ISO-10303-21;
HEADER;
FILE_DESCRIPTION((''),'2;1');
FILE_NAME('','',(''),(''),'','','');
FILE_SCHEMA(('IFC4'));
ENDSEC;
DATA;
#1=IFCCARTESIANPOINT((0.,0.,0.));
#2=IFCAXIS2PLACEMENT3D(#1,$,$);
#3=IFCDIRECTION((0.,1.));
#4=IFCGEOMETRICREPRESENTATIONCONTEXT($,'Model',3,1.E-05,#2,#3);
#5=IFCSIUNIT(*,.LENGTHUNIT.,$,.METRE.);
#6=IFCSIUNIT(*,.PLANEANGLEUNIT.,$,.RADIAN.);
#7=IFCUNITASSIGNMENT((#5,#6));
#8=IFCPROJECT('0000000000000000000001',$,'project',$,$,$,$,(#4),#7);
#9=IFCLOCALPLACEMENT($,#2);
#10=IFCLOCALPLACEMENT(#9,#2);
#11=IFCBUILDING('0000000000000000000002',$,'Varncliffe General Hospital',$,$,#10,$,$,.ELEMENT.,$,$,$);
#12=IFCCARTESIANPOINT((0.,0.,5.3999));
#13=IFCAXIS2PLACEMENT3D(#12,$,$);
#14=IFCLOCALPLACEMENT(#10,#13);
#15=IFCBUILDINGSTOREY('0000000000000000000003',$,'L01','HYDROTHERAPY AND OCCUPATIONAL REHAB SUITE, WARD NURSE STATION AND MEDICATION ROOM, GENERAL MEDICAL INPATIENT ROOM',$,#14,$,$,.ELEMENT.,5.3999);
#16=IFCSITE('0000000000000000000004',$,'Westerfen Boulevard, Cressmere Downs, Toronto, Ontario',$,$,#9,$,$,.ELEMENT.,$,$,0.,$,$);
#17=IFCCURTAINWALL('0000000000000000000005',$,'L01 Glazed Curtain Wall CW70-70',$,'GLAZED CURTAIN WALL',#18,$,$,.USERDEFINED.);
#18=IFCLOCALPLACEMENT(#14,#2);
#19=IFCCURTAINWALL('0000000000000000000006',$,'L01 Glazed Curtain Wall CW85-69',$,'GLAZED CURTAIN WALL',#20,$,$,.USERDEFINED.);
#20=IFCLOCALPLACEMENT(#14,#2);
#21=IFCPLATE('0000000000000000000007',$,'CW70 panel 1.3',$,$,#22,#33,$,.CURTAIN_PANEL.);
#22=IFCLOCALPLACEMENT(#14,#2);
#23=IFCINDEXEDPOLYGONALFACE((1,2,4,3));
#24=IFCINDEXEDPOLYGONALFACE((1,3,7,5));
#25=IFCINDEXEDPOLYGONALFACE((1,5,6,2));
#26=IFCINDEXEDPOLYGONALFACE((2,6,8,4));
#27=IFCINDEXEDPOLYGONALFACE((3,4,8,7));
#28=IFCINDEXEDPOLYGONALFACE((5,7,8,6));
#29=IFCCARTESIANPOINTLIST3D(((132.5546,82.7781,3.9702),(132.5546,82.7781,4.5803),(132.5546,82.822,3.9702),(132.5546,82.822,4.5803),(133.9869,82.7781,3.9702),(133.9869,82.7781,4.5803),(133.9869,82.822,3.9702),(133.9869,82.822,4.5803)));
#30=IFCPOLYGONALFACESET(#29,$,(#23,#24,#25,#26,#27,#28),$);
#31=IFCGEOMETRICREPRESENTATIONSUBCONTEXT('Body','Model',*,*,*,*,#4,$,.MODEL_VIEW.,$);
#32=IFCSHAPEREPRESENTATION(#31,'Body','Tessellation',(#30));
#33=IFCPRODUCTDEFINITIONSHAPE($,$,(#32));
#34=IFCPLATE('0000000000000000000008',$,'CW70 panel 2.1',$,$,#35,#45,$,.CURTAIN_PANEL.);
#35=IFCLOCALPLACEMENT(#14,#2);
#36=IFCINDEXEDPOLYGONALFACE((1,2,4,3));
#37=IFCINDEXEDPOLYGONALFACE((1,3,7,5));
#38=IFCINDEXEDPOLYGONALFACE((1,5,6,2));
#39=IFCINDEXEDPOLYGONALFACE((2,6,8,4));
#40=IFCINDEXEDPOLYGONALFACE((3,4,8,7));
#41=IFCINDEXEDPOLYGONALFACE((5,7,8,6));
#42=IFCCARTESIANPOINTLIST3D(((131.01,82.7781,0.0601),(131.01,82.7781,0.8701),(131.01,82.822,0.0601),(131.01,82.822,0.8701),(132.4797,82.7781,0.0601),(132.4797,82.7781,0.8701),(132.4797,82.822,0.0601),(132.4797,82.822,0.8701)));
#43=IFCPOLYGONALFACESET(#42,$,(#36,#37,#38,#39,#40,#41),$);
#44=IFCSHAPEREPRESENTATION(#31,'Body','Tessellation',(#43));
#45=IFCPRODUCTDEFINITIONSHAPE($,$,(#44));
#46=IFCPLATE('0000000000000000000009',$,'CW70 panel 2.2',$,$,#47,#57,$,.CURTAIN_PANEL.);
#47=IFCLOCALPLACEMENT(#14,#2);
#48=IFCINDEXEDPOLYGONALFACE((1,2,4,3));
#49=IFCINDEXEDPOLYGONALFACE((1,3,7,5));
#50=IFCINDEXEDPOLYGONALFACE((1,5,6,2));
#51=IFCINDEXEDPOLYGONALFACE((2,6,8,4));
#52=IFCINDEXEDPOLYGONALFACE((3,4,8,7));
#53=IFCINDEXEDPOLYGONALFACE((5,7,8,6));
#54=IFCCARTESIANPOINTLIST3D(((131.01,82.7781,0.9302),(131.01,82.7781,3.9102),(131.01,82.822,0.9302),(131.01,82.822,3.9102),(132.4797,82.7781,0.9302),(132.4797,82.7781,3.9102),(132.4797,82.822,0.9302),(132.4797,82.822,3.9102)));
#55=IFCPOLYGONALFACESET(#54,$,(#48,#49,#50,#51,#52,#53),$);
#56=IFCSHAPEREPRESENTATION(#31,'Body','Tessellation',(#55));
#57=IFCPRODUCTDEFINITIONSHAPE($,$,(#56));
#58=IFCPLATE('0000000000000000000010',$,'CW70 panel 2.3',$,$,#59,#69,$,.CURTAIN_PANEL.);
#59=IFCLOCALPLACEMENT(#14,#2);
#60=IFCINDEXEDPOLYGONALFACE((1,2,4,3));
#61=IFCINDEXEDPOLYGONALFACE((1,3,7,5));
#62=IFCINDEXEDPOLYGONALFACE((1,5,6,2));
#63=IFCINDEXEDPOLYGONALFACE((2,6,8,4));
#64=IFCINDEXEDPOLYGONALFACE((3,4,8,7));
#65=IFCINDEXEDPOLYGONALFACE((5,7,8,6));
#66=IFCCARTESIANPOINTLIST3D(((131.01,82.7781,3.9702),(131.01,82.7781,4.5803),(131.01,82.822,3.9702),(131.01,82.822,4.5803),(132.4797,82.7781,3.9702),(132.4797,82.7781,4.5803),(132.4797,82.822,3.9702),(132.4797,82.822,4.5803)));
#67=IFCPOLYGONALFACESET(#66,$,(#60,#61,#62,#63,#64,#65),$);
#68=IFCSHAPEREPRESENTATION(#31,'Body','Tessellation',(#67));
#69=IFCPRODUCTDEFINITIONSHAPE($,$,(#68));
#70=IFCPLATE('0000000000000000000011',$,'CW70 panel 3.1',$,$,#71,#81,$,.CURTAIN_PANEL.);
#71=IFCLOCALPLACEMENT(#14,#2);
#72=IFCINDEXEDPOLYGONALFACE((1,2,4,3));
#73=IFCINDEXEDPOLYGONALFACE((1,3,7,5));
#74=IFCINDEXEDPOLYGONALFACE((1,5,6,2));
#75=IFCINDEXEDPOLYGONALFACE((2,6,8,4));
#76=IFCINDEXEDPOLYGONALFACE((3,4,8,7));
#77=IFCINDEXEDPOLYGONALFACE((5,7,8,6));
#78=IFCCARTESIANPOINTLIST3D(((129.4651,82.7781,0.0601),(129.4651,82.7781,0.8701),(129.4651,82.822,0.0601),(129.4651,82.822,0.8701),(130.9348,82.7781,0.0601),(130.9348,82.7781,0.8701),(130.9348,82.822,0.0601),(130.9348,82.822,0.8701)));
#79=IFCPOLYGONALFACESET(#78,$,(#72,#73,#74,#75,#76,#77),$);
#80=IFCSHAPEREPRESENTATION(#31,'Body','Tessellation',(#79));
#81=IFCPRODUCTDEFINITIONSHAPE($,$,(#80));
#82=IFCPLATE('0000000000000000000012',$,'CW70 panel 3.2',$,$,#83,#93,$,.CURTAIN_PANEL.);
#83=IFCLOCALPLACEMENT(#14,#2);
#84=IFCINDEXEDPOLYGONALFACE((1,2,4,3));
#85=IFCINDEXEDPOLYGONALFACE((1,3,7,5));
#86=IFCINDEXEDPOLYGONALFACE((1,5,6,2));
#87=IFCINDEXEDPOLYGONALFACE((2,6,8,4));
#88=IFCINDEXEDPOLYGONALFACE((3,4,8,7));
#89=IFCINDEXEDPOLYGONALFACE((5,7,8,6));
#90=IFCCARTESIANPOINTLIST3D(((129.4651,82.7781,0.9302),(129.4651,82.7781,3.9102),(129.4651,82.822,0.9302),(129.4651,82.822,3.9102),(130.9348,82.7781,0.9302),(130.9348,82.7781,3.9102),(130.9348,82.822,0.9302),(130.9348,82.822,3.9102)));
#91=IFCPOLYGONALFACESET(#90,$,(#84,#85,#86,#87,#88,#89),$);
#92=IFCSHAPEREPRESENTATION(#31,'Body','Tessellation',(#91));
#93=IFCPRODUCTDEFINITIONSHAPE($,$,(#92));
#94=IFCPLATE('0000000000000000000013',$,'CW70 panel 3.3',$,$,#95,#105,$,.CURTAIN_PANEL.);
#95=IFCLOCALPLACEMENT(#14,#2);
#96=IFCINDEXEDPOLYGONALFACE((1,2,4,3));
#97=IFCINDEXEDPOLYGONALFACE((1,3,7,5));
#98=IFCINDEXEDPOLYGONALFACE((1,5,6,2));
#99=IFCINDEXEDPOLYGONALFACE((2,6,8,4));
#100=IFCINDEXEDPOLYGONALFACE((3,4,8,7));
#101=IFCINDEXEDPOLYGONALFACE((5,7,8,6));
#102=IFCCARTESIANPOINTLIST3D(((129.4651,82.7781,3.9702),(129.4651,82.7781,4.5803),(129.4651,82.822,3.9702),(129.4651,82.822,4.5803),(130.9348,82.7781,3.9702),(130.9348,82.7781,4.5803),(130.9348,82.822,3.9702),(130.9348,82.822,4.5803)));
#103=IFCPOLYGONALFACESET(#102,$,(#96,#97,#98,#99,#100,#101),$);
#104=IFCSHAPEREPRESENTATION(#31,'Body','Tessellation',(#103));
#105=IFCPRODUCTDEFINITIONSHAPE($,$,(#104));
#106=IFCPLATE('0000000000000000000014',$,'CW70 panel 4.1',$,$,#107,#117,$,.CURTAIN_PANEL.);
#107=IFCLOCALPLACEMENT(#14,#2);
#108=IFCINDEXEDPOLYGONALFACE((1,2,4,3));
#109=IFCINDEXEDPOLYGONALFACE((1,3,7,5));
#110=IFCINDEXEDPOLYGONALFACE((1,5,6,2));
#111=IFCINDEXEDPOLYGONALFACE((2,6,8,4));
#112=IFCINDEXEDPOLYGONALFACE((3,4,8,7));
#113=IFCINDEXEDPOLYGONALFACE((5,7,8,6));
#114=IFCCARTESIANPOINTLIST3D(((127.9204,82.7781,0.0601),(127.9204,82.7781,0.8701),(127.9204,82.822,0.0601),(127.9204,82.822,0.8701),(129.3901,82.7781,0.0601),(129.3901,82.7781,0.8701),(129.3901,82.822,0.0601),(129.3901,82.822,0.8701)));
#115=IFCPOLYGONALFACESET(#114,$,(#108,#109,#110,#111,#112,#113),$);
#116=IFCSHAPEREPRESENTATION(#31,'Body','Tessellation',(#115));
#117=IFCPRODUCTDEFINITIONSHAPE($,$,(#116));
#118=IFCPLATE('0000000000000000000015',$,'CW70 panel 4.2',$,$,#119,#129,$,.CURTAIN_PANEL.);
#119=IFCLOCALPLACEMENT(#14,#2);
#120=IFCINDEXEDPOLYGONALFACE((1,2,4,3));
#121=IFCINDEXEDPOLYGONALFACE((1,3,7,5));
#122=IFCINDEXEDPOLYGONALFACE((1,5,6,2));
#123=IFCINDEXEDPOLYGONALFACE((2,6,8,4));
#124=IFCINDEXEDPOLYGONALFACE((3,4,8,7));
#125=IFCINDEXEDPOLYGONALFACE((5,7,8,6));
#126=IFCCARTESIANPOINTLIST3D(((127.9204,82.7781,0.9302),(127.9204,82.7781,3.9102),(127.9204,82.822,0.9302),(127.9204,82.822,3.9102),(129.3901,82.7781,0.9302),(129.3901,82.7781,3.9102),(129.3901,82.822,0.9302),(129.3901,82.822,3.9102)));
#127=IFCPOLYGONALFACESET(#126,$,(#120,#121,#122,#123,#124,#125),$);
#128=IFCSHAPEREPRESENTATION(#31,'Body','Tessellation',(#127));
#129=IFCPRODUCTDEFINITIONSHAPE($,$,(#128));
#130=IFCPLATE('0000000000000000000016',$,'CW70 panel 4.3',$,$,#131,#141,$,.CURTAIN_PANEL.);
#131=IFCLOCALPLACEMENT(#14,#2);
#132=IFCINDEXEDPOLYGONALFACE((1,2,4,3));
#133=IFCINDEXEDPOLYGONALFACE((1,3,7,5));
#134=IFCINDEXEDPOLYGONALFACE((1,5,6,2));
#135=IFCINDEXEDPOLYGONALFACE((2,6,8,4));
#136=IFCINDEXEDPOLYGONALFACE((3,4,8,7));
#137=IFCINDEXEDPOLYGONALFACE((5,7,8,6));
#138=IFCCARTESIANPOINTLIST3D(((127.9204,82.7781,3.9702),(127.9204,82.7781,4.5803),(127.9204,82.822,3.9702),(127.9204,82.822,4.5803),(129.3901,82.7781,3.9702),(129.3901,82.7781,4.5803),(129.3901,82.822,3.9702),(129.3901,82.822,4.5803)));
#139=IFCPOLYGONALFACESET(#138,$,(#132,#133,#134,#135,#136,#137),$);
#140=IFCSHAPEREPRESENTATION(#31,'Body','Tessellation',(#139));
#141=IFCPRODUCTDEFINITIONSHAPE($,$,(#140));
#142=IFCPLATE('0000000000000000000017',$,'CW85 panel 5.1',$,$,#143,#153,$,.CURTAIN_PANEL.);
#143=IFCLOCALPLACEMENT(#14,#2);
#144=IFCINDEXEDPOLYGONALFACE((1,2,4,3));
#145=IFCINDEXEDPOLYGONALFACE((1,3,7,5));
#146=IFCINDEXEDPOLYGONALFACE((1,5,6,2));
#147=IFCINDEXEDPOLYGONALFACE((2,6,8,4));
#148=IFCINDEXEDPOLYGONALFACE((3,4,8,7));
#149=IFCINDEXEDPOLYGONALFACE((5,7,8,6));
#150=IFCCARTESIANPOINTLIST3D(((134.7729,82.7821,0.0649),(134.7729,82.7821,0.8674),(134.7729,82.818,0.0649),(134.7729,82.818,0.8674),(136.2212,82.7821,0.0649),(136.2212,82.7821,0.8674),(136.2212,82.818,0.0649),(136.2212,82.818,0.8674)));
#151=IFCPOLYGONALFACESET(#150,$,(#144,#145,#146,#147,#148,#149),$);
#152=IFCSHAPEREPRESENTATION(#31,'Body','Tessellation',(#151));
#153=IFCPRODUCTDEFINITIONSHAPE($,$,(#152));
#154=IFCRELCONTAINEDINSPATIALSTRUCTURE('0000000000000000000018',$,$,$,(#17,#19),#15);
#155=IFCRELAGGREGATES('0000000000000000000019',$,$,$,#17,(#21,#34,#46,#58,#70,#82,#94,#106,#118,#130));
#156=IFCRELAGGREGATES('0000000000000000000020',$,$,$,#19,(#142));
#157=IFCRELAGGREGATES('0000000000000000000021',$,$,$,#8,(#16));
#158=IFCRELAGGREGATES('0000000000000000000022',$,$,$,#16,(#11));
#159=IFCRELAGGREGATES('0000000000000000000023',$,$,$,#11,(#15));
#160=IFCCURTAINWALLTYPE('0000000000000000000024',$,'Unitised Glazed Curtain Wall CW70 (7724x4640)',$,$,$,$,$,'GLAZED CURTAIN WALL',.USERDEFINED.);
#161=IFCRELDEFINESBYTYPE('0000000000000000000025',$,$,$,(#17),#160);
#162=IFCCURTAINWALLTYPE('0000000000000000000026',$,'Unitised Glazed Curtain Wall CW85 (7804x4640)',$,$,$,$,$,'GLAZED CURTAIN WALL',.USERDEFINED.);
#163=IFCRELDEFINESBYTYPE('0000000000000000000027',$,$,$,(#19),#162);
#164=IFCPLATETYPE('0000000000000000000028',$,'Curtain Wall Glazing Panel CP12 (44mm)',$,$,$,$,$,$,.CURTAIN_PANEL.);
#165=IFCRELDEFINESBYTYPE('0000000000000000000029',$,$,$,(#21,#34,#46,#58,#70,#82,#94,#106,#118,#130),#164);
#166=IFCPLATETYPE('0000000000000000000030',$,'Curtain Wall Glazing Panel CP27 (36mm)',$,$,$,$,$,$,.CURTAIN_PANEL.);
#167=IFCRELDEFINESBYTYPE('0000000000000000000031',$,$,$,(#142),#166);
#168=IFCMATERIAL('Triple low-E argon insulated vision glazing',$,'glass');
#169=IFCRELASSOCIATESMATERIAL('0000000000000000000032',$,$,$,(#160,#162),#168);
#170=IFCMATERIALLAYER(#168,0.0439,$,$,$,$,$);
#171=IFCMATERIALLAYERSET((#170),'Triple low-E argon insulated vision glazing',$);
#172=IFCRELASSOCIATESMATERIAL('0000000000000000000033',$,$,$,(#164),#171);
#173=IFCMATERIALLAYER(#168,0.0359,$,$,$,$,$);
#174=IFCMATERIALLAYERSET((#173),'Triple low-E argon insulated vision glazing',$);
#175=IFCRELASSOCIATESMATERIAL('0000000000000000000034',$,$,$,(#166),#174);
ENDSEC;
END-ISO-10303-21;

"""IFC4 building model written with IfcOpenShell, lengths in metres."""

from ifc_helpers import new_model, si_unit, direction, frame, origin, origin_2d, place, context, subcontext, project, spatial, rectangle, extrude, material, layer, layer_set, type_object, element, aggregate, save


model = new_model("IFC4")

# Units and contexts
model_context = context("Model", 3, precision=1e-05, world=origin(), true_north=direction((0.0, 1.0)))
body_context = subcontext(model_context, "Body", "Model", "MODEL_VIEW")
ifc_project = project(units=[si_unit("LENGTHUNIT", "METRE"), si_unit("PLANEANGLEUNIT", "RADIAN")], contexts=[model_context])

# Site, building, storey
site_placement = place(None, origin())
site = spatial("IfcSite", under=ifc_project, at=site_placement, Name="Westerfen Boulevard, Cressmere Downs, Toronto, Ontario", CompositionType="ELEMENT", RefElevation=0.0)
building_placement = place(site_placement, origin())
building = spatial("IfcBuilding", under=site, at=building_placement, Name="Varncliffe General Hospital", CompositionType="ELEMENT")
storey_placement = place(building_placement, frame((0.0, 0.0, 5.3999)))
storey = spatial("IfcBuildingStorey", under=building, at=storey_placement, Name="L01", Description="HYDROTHERAPY AND OCCUPATIONAL REHAB SUITE, WARD NURSE STATION AND MEDICATION ROOM, GENERAL MEDICAL INPATIENT ROOM", CompositionType="ELEMENT", Elevation=5.3999)

# Curtain wall
ifc_material_1 = material(Name="Triple low-E argon insulated vision glazing", Category="glass")
curtain_wall_type_1 = type_object("IfcCurtainWallType", Name="Unitised Glazed Curtain Wall CW70 (7724x4640)", ElementType="GLAZED CURTAIN WALL", PredefinedType="USERDEFINED", material=ifc_material_1)
curtain_wall_1_placement = place(storey_placement, origin())
curtain_wall_1 = element("IfcCurtainWall", 1, at=curtain_wall_1_placement, inside=storey, type_object=curtain_wall_type_1, Name="L01 Glazed Curtain Wall CW70-70", ObjectType="GLAZED CURTAIN WALL", PredefinedType="USERDEFINED")

# Curtain wall
curtain_wall_type_2 = type_object("IfcCurtainWallType", Name="Unitised Glazed Curtain Wall CW85 (7804x4640)", ElementType="GLAZED CURTAIN WALL", PredefinedType="USERDEFINED", material=ifc_material_1)
curtain_wall_2_placement = place(storey_placement, origin())
curtain_wall_2 = element("IfcCurtainWall", 2, at=curtain_wall_2_placement, inside=storey, type_object=curtain_wall_type_2, Name="L01 Glazed Curtain Wall CW85-69", ObjectType="GLAZED CURTAIN WALL", PredefinedType="USERDEFINED")

# Plates
ifc_layer_1 = layer(ifc_material_1, 0.0439)
ifc_layer_set_1 = layer_set([ifc_layer_1], Name="Triple low-E argon insulated vision glazing")
plate_type_1 = type_object("IfcPlateType", Name="Curtain Wall Glazing Panel CP12 (44mm)", PredefinedType="CURTAIN_PANEL", material=ifc_layer_set_1)
plate_1_placement = place(storey_placement, frame((133.2708, 82.8, 3.9702), z_axis=(0.0, 0.0, 1.0), x_axis=(-1.0, 0.0, 0.0)))
plate_1 = element("IfcPlate", 3, at=plate_1_placement, type_object=plate_type_1, Name="CW70 panel 1.3", PredefinedType="CURTAIN_PANEL", context=body_context, shape_type="SweptSolid", body=[
    extrude(rectangle(XDim=1.4324, YDim=0.0439, at=origin_2d()), origin(), (0.0, 0.0, 1.0), 0.6101),
])
plate_2_placement = place(storey_placement, frame((131.7449, 82.8, 0.0601), z_axis=(0.0, 0.0, 1.0), x_axis=(-1.0, 0.0, 0.0)))
plate_2 = element("IfcPlate", 4, at=plate_2_placement, type_object=plate_type_1, Name="CW70 panel 2.1", PredefinedType="CURTAIN_PANEL", context=body_context, shape_type="SweptSolid", body=[
    extrude(rectangle(XDim=1.4697, YDim=0.0439, at=origin_2d()), origin(), (0.0, 0.0, 1.0), 0.8101),
])
plate_3_placement = place(storey_placement, frame((131.7449, 82.8, 0.9302), z_axis=(0.0, 0.0, 1.0), x_axis=(-1.0, 0.0, 0.0)))
plate_3 = element("IfcPlate", 5, at=plate_3_placement, type_object=plate_type_1, Name="CW70 panel 2.2", PredefinedType="CURTAIN_PANEL", context=body_context, shape_type="SweptSolid", body=[
    extrude(rectangle(XDim=1.4697, YDim=0.0439, at=origin_2d()), origin(), (0.0, 0.0, 1.0), 2.98),
])
plate_4_placement = place(storey_placement, frame((131.7449, 82.8, 3.9702), z_axis=(0.0, 0.0, 1.0), x_axis=(-1.0, 0.0, 0.0)))
plate_4 = element("IfcPlate", 6, at=plate_4_placement, type_object=plate_type_1, Name="CW70 panel 2.3", PredefinedType="CURTAIN_PANEL", context=body_context, shape_type="SweptSolid", body=[
    extrude(rectangle(XDim=1.4697, YDim=0.0439, at=origin_2d()), origin(), (0.0, 0.0, 1.0), 0.6101),
])
plate_5_placement = place(storey_placement, frame((130.2, 82.8, 0.0601), z_axis=(0.0, 0.0, 1.0), x_axis=(-1.0, 0.0, 0.0)))
plate_5 = element("IfcPlate", 7, at=plate_5_placement, type_object=plate_type_1, Name="CW70 panel 3.1", PredefinedType="CURTAIN_PANEL", context=body_context, shape_type="SweptSolid", body=[
    extrude(rectangle(XDim=1.4697, YDim=0.0439, at=origin_2d()), origin(), (0.0, 0.0, 1.0), 0.8101),
])
plate_6_placement = place(storey_placement, frame((130.2, 82.8, 0.9302), z_axis=(0.0, 0.0, 1.0), x_axis=(-1.0, 0.0, 0.0)))
plate_6 = element("IfcPlate", 8, at=plate_6_placement, type_object=plate_type_1, Name="CW70 panel 3.2", PredefinedType="CURTAIN_PANEL", context=body_context, shape_type="SweptSolid", body=[
    extrude(rectangle(XDim=1.4697, YDim=0.0439, at=origin_2d()), origin(), (0.0, 0.0, 1.0), 2.98),
])
plate_7_placement = place(storey_placement, frame((130.2, 82.8, 3.9702), z_axis=(0.0, 0.0, 1.0), x_axis=(-1.0, 0.0, 0.0)))
plate_7 = element("IfcPlate", 9, at=plate_7_placement, type_object=plate_type_1, Name="CW70 panel 3.3", PredefinedType="CURTAIN_PANEL", context=body_context, shape_type="SweptSolid", body=[
    extrude(rectangle(XDim=1.4697, YDim=0.0439, at=origin_2d()), origin(), (0.0, 0.0, 1.0), 0.6101),
])
plate_8_placement = place(storey_placement, frame((128.6553, 82.8, 0.0601), z_axis=(0.0, 0.0, 1.0), x_axis=(-1.0, 0.0, 0.0)))
plate_8 = element("IfcPlate", 10, at=plate_8_placement, type_object=plate_type_1, Name="CW70 panel 4.1", PredefinedType="CURTAIN_PANEL", context=body_context, shape_type="SweptSolid", body=[
    extrude(rectangle(XDim=1.4697, YDim=0.0439, at=origin_2d()), origin(), (0.0, 0.0, 1.0), 0.8101),
])
plate_9_placement = place(storey_placement, frame((128.6553, 82.8, 0.9302), z_axis=(0.0, 0.0, 1.0), x_axis=(-1.0, 0.0, 0.0)))
plate_9 = element("IfcPlate", 11, at=plate_9_placement, type_object=plate_type_1, Name="CW70 panel 4.2", PredefinedType="CURTAIN_PANEL", context=body_context, shape_type="SweptSolid", body=[
    extrude(rectangle(XDim=1.4697, YDim=0.0439, at=origin_2d()), origin(), (0.0, 0.0, 1.0), 2.98),
])
plate_10_placement = place(storey_placement, frame((128.6553, 82.8, 3.9702), z_axis=(0.0, 0.0, 1.0), x_axis=(-1.0, 0.0, 0.0)))
plate_10 = element("IfcPlate", 12, at=plate_10_placement, type_object=plate_type_1, Name="CW70 panel 4.3", PredefinedType="CURTAIN_PANEL", context=body_context, shape_type="SweptSolid", body=[
    extrude(rectangle(XDim=1.4697, YDim=0.0439, at=origin_2d()), origin(), (0.0, 0.0, 1.0), 0.6101),
])
aggregate(curtain_wall_1, [plate_1, plate_2, plate_3, plate_4, plate_5, plate_6, plate_7, plate_8, plate_9, plate_10])
ifc_layer_2 = layer(ifc_material_1, 0.0359)
ifc_layer_set_2 = layer_set([ifc_layer_2], Name="Triple low-E argon insulated vision glazing")
plate_type_2 = type_object("IfcPlateType", Name="Curtain Wall Glazing Panel CP27 (36mm)", PredefinedType="CURTAIN_PANEL", material=ifc_layer_set_2)
plate_11_placement = place(storey_placement, frame((135.4971, 82.8, 0.0649), z_axis=(0.0, 0.0, 1.0), x_axis=(-1.0, 0.0, 0.0)))
plate_11 = element("IfcPlate", 13, at=plate_11_placement, type_object=plate_type_2, Name="CW85 panel 5.1", PredefinedType="CURTAIN_PANEL", context=body_context, shape_type="SweptSolid", body=[
    extrude(rectangle(XDim=1.4482, YDim=0.0359, at=origin_2d()), origin(), (0.0, 0.0, 1.0), 0.8025),
])
aggregate(curtain_wall_2, [plate_11])

save(model, "model.ifc")
